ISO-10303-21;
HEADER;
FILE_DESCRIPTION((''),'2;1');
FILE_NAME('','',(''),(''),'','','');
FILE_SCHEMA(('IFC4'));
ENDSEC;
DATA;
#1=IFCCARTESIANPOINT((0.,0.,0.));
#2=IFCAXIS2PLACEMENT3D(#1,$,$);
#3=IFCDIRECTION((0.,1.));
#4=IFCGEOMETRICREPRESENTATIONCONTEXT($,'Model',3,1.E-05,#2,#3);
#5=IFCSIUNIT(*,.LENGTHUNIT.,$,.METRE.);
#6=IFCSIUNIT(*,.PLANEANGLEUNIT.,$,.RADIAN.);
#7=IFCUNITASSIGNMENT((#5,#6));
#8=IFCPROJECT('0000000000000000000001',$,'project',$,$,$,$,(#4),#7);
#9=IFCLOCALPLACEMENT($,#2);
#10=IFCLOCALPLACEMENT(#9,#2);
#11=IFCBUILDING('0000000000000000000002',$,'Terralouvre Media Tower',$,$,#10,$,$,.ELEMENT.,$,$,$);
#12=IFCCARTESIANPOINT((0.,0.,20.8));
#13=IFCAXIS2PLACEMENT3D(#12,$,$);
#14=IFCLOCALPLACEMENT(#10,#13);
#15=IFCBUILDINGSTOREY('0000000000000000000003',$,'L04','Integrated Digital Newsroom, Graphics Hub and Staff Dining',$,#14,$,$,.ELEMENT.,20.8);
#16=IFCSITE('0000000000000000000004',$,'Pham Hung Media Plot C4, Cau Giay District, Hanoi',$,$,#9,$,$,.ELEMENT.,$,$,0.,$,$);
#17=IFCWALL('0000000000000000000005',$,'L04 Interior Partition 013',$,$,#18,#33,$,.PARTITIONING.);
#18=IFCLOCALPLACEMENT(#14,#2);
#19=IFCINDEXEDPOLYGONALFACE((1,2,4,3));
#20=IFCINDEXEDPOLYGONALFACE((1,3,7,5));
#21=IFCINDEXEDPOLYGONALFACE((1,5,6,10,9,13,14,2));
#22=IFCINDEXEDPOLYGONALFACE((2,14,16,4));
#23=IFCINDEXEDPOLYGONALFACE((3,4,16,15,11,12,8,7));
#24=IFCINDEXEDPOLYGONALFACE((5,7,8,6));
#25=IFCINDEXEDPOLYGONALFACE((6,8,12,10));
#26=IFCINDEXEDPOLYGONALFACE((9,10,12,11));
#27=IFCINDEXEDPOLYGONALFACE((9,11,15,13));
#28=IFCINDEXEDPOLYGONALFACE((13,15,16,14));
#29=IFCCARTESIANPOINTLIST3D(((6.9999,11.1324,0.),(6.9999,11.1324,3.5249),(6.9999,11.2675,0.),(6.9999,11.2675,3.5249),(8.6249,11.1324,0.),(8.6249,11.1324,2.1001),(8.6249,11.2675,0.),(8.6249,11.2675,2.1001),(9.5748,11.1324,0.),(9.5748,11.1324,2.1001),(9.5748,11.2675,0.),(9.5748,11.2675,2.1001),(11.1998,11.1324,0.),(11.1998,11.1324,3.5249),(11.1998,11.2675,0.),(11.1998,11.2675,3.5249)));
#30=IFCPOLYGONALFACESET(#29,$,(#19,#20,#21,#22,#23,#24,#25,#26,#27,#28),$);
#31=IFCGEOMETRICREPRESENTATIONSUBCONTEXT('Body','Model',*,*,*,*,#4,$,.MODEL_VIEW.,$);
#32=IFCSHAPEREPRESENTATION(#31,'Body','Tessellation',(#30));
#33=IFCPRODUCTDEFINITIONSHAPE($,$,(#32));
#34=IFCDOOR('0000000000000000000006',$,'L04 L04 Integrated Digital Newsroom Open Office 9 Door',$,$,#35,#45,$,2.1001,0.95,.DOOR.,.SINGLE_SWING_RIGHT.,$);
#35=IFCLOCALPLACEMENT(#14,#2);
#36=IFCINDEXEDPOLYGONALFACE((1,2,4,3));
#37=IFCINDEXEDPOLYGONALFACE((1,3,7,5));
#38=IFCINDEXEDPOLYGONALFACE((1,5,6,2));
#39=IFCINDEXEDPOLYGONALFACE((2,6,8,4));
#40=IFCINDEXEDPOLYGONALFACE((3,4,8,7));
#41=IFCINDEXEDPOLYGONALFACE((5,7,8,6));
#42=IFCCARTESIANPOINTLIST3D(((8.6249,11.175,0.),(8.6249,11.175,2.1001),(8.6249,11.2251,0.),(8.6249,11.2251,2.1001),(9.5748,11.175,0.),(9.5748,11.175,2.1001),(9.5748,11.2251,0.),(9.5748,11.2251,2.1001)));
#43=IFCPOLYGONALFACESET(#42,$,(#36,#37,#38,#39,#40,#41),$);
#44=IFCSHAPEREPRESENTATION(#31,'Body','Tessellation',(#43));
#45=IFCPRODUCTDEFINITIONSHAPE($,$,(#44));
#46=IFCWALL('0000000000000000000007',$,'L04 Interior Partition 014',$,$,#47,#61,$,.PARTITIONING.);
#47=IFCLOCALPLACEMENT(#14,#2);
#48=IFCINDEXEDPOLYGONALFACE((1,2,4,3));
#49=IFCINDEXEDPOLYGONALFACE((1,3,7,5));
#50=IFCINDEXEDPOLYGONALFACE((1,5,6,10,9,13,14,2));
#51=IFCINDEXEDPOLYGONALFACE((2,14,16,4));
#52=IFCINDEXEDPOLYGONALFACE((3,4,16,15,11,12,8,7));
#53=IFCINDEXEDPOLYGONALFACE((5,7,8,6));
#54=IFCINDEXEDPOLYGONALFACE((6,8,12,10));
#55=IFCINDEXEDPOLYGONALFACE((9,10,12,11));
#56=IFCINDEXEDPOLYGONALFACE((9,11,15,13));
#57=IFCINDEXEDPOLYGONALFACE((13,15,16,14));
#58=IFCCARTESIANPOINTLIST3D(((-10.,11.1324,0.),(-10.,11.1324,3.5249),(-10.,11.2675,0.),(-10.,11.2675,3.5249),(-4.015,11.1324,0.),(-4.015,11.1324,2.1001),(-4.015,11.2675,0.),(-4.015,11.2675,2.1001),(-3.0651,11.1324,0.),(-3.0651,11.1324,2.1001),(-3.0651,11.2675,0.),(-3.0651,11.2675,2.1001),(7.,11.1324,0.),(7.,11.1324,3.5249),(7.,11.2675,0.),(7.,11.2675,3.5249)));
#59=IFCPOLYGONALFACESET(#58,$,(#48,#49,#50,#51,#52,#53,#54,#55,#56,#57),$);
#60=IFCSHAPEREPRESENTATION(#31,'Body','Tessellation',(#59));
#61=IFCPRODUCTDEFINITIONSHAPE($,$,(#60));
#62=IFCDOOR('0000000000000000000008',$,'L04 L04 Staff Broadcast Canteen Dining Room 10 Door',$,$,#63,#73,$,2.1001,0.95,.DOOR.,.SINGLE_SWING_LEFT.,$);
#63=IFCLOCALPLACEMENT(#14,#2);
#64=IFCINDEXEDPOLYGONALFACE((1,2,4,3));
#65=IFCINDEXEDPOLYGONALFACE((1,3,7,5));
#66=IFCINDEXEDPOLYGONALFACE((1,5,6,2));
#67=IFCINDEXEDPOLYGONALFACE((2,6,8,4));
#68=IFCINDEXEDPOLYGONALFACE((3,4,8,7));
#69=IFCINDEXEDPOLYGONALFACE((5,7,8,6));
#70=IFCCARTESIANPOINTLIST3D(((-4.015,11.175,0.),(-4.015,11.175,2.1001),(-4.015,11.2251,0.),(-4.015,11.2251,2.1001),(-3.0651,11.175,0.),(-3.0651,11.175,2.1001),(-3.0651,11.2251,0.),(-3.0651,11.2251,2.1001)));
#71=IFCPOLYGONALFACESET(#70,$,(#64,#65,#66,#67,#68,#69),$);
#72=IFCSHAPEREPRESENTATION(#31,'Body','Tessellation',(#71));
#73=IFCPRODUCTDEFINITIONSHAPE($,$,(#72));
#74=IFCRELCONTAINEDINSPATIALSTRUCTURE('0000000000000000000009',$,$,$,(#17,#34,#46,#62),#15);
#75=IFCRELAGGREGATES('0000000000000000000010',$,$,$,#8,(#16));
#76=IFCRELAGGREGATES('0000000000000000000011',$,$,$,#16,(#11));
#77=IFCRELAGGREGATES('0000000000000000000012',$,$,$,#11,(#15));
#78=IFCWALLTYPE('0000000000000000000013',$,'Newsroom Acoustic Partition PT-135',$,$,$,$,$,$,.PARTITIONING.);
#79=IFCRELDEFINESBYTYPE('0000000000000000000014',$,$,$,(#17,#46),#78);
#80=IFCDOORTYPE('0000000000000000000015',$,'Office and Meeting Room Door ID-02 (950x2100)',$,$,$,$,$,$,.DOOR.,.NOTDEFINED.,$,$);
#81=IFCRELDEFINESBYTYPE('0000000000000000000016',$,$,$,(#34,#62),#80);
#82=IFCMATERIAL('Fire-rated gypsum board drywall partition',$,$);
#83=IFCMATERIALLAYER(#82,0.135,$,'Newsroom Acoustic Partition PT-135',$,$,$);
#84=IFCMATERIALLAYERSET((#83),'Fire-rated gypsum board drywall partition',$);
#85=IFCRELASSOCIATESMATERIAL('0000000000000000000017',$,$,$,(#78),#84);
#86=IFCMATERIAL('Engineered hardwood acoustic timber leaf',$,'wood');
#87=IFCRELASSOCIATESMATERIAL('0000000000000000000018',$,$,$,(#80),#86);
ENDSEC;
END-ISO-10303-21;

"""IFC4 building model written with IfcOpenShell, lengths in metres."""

from ifc_helpers import new_model, si_unit, direction, frame, frame_2d, origin, place, context, subcontext, project, spatial, rectangle, extrude, material, layer, layer_set, type_object, element, fill, save


model = new_model("IFC4")

# Units and contexts
model_context = context("Model", 3, precision=1e-05, world=origin(), true_north=direction((0.0, 1.0)))
body_context = subcontext(model_context, "Body", "Model", "MODEL_VIEW")
ifc_project = project(units=[si_unit("LENGTHUNIT", "METRE"), si_unit("PLANEANGLEUNIT", "RADIAN")], contexts=[model_context])

# Site, building, storey
site_placement = place(None, origin())
site = spatial("IfcSite", under=ifc_project, at=site_placement, Name="Pham Hung Media Plot C4, Cau Giay District, Hanoi", CompositionType="ELEMENT", RefElevation=0.0)
building_placement = place(site_placement, origin())
building = spatial("IfcBuilding", under=site, at=building_placement, Name="Terralouvre Media Tower", CompositionType="ELEMENT")
storey_placement = place(building_placement, frame((0.0, 0.0, 20.8)))
storey = spatial("IfcBuildingStorey", under=building, at=storey_placement, Name="L04", Description="Integrated Digital Newsroom, Graphics Hub and Staff Dining", CompositionType="ELEMENT", Elevation=20.8)

# Walls, openings, doors
ifc_material_1 = material(Name="Fire-rated gypsum board drywall partition")
ifc_layer_1 = layer(ifc_material_1, 0.135, Name="Newsroom Acoustic Partition PT-135")
ifc_layer_set_1 = layer_set([ifc_layer_1], Name="Fire-rated gypsum board drywall partition")
wall_type_1 = type_object("IfcWallType", Name="Newsroom Acoustic Partition PT-135", PredefinedType="PARTITIONING", material=ifc_layer_set_1)
ifc_material_2 = material(Name="Engineered hardwood acoustic timber leaf", Category="wood")
door_type_1 = type_object("IfcDoorType", Name="Office and Meeting Room Door ID-02 (950x2100)", OperationType="NOTDEFINED", PredefinedType="DOOR", material=ifc_material_2)
wall_1_placement = place(storey_placement, frame((11.2, 11.2, 0.0), z_axis=(0.0, 0.0, 1.0), x_axis=(-1.0, 0.0, 0.0)))
wall_1 = element("IfcWall", 1, at=wall_1_placement, inside=storey, type_object=wall_type_1, Name="L04 Interior Partition 013", PredefinedType="PARTITIONING", context=body_context, shape_type="SweptSolid", body=[
    extrude(rectangle(XDim=4.2, YDim=0.135, at=frame_2d((2.1001, 0.0))), origin(), (0.0, 0.0, 1.0), 3.5249),
])
opening_1_placement = place(wall_1_placement, frame((1.625, 0.0, 0.0)))
opening_1 = element("IfcOpeningElement", 2, at=opening_1_placement, cuts=wall_1, PredefinedType="OPENING", context=body_context, shape_type="SweptSolid", body=[
    extrude(rectangle(XDim=0.95, YDim=2.1001, at=frame_2d((0.4751, 1.05))), frame((0.0, 0.0774, 0.0), z_axis=(0.0, -1.0, 0.0), x_axis=(1.0, 0.0, 0.0)), (0.0, 0.0, 1.0), 0.155),
])
door_1_placement = place(opening_1_placement, origin())
door_1 = element("IfcDoor", 3, at=door_1_placement, inside=storey, type_object=door_type_1, Name="L04 L04 Integrated Digital Newsroom Open Office 9 Door", OperationType="SINGLE_SWING_RIGHT", OverallHeight=2.1001, OverallWidth=0.95, PredefinedType="DOOR", context=body_context, shape_type="SweptSolid", body=[
    extrude(rectangle(XDim=0.95, YDim=2.1001, at=frame_2d((0.4751, 1.05))), frame((0.0, 0.0249, 0.0), z_axis=(0.0, -1.0, 0.0), x_axis=(1.0, 0.0, 0.0)), (0.0, 0.0, 1.0), 0.05),
])
fill(opening_1, door_1)
wall_2_placement = place(storey_placement, frame((7.0, 11.2, 0.0), z_axis=(0.0, 0.0, 1.0), x_axis=(-1.0, 0.0, 0.0)))
wall_2 = element("IfcWall", 4, at=wall_2_placement, inside=storey, type_object=wall_type_1, Name="L04 Interior Partition 014", PredefinedType="PARTITIONING", context=body_context, shape_type="SweptSolid", body=[
    extrude(rectangle(XDim=17.0, YDim=0.135, at=frame_2d((8.5, 0.0))), origin(), (0.0, 0.0, 1.0), 3.5249),
])
opening_2_placement = place(wall_2_placement, frame((10.0649, 0.0, 0.0)))
opening_2 = element("IfcOpeningElement", 5, at=opening_2_placement, cuts=wall_2, PredefinedType="OPENING", context=body_context, shape_type="SweptSolid", body=[
    extrude(rectangle(XDim=0.95, YDim=2.1001, at=frame_2d((0.4751, 1.05))), frame((0.0, 0.0774, 0.0), z_axis=(0.0, -1.0, 0.0), x_axis=(1.0, 0.0, 0.0)), (0.0, 0.0, 1.0), 0.155),
])
door_2_placement = place(opening_2_placement, origin())
door_2 = element("IfcDoor", 6, at=door_2_placement, inside=storey, type_object=door_type_1, Name="L04 L04 Staff Broadcast Canteen Dining Room 10 Door", OperationType="SINGLE_SWING_LEFT", OverallHeight=2.1001, OverallWidth=0.95, PredefinedType="DOOR", context=body_context, shape_type="SweptSolid", body=[
    extrude(rectangle(XDim=0.95, YDim=2.1001, at=frame_2d((0.4751, 1.05))), frame((0.0, 0.0249, 0.0), z_axis=(0.0, -1.0, 0.0), x_axis=(1.0, 0.0, 0.0)), (0.0, 0.0, 1.0), 0.05),
])
fill(opening_2, door_2)

save(model, "model.ifc")
